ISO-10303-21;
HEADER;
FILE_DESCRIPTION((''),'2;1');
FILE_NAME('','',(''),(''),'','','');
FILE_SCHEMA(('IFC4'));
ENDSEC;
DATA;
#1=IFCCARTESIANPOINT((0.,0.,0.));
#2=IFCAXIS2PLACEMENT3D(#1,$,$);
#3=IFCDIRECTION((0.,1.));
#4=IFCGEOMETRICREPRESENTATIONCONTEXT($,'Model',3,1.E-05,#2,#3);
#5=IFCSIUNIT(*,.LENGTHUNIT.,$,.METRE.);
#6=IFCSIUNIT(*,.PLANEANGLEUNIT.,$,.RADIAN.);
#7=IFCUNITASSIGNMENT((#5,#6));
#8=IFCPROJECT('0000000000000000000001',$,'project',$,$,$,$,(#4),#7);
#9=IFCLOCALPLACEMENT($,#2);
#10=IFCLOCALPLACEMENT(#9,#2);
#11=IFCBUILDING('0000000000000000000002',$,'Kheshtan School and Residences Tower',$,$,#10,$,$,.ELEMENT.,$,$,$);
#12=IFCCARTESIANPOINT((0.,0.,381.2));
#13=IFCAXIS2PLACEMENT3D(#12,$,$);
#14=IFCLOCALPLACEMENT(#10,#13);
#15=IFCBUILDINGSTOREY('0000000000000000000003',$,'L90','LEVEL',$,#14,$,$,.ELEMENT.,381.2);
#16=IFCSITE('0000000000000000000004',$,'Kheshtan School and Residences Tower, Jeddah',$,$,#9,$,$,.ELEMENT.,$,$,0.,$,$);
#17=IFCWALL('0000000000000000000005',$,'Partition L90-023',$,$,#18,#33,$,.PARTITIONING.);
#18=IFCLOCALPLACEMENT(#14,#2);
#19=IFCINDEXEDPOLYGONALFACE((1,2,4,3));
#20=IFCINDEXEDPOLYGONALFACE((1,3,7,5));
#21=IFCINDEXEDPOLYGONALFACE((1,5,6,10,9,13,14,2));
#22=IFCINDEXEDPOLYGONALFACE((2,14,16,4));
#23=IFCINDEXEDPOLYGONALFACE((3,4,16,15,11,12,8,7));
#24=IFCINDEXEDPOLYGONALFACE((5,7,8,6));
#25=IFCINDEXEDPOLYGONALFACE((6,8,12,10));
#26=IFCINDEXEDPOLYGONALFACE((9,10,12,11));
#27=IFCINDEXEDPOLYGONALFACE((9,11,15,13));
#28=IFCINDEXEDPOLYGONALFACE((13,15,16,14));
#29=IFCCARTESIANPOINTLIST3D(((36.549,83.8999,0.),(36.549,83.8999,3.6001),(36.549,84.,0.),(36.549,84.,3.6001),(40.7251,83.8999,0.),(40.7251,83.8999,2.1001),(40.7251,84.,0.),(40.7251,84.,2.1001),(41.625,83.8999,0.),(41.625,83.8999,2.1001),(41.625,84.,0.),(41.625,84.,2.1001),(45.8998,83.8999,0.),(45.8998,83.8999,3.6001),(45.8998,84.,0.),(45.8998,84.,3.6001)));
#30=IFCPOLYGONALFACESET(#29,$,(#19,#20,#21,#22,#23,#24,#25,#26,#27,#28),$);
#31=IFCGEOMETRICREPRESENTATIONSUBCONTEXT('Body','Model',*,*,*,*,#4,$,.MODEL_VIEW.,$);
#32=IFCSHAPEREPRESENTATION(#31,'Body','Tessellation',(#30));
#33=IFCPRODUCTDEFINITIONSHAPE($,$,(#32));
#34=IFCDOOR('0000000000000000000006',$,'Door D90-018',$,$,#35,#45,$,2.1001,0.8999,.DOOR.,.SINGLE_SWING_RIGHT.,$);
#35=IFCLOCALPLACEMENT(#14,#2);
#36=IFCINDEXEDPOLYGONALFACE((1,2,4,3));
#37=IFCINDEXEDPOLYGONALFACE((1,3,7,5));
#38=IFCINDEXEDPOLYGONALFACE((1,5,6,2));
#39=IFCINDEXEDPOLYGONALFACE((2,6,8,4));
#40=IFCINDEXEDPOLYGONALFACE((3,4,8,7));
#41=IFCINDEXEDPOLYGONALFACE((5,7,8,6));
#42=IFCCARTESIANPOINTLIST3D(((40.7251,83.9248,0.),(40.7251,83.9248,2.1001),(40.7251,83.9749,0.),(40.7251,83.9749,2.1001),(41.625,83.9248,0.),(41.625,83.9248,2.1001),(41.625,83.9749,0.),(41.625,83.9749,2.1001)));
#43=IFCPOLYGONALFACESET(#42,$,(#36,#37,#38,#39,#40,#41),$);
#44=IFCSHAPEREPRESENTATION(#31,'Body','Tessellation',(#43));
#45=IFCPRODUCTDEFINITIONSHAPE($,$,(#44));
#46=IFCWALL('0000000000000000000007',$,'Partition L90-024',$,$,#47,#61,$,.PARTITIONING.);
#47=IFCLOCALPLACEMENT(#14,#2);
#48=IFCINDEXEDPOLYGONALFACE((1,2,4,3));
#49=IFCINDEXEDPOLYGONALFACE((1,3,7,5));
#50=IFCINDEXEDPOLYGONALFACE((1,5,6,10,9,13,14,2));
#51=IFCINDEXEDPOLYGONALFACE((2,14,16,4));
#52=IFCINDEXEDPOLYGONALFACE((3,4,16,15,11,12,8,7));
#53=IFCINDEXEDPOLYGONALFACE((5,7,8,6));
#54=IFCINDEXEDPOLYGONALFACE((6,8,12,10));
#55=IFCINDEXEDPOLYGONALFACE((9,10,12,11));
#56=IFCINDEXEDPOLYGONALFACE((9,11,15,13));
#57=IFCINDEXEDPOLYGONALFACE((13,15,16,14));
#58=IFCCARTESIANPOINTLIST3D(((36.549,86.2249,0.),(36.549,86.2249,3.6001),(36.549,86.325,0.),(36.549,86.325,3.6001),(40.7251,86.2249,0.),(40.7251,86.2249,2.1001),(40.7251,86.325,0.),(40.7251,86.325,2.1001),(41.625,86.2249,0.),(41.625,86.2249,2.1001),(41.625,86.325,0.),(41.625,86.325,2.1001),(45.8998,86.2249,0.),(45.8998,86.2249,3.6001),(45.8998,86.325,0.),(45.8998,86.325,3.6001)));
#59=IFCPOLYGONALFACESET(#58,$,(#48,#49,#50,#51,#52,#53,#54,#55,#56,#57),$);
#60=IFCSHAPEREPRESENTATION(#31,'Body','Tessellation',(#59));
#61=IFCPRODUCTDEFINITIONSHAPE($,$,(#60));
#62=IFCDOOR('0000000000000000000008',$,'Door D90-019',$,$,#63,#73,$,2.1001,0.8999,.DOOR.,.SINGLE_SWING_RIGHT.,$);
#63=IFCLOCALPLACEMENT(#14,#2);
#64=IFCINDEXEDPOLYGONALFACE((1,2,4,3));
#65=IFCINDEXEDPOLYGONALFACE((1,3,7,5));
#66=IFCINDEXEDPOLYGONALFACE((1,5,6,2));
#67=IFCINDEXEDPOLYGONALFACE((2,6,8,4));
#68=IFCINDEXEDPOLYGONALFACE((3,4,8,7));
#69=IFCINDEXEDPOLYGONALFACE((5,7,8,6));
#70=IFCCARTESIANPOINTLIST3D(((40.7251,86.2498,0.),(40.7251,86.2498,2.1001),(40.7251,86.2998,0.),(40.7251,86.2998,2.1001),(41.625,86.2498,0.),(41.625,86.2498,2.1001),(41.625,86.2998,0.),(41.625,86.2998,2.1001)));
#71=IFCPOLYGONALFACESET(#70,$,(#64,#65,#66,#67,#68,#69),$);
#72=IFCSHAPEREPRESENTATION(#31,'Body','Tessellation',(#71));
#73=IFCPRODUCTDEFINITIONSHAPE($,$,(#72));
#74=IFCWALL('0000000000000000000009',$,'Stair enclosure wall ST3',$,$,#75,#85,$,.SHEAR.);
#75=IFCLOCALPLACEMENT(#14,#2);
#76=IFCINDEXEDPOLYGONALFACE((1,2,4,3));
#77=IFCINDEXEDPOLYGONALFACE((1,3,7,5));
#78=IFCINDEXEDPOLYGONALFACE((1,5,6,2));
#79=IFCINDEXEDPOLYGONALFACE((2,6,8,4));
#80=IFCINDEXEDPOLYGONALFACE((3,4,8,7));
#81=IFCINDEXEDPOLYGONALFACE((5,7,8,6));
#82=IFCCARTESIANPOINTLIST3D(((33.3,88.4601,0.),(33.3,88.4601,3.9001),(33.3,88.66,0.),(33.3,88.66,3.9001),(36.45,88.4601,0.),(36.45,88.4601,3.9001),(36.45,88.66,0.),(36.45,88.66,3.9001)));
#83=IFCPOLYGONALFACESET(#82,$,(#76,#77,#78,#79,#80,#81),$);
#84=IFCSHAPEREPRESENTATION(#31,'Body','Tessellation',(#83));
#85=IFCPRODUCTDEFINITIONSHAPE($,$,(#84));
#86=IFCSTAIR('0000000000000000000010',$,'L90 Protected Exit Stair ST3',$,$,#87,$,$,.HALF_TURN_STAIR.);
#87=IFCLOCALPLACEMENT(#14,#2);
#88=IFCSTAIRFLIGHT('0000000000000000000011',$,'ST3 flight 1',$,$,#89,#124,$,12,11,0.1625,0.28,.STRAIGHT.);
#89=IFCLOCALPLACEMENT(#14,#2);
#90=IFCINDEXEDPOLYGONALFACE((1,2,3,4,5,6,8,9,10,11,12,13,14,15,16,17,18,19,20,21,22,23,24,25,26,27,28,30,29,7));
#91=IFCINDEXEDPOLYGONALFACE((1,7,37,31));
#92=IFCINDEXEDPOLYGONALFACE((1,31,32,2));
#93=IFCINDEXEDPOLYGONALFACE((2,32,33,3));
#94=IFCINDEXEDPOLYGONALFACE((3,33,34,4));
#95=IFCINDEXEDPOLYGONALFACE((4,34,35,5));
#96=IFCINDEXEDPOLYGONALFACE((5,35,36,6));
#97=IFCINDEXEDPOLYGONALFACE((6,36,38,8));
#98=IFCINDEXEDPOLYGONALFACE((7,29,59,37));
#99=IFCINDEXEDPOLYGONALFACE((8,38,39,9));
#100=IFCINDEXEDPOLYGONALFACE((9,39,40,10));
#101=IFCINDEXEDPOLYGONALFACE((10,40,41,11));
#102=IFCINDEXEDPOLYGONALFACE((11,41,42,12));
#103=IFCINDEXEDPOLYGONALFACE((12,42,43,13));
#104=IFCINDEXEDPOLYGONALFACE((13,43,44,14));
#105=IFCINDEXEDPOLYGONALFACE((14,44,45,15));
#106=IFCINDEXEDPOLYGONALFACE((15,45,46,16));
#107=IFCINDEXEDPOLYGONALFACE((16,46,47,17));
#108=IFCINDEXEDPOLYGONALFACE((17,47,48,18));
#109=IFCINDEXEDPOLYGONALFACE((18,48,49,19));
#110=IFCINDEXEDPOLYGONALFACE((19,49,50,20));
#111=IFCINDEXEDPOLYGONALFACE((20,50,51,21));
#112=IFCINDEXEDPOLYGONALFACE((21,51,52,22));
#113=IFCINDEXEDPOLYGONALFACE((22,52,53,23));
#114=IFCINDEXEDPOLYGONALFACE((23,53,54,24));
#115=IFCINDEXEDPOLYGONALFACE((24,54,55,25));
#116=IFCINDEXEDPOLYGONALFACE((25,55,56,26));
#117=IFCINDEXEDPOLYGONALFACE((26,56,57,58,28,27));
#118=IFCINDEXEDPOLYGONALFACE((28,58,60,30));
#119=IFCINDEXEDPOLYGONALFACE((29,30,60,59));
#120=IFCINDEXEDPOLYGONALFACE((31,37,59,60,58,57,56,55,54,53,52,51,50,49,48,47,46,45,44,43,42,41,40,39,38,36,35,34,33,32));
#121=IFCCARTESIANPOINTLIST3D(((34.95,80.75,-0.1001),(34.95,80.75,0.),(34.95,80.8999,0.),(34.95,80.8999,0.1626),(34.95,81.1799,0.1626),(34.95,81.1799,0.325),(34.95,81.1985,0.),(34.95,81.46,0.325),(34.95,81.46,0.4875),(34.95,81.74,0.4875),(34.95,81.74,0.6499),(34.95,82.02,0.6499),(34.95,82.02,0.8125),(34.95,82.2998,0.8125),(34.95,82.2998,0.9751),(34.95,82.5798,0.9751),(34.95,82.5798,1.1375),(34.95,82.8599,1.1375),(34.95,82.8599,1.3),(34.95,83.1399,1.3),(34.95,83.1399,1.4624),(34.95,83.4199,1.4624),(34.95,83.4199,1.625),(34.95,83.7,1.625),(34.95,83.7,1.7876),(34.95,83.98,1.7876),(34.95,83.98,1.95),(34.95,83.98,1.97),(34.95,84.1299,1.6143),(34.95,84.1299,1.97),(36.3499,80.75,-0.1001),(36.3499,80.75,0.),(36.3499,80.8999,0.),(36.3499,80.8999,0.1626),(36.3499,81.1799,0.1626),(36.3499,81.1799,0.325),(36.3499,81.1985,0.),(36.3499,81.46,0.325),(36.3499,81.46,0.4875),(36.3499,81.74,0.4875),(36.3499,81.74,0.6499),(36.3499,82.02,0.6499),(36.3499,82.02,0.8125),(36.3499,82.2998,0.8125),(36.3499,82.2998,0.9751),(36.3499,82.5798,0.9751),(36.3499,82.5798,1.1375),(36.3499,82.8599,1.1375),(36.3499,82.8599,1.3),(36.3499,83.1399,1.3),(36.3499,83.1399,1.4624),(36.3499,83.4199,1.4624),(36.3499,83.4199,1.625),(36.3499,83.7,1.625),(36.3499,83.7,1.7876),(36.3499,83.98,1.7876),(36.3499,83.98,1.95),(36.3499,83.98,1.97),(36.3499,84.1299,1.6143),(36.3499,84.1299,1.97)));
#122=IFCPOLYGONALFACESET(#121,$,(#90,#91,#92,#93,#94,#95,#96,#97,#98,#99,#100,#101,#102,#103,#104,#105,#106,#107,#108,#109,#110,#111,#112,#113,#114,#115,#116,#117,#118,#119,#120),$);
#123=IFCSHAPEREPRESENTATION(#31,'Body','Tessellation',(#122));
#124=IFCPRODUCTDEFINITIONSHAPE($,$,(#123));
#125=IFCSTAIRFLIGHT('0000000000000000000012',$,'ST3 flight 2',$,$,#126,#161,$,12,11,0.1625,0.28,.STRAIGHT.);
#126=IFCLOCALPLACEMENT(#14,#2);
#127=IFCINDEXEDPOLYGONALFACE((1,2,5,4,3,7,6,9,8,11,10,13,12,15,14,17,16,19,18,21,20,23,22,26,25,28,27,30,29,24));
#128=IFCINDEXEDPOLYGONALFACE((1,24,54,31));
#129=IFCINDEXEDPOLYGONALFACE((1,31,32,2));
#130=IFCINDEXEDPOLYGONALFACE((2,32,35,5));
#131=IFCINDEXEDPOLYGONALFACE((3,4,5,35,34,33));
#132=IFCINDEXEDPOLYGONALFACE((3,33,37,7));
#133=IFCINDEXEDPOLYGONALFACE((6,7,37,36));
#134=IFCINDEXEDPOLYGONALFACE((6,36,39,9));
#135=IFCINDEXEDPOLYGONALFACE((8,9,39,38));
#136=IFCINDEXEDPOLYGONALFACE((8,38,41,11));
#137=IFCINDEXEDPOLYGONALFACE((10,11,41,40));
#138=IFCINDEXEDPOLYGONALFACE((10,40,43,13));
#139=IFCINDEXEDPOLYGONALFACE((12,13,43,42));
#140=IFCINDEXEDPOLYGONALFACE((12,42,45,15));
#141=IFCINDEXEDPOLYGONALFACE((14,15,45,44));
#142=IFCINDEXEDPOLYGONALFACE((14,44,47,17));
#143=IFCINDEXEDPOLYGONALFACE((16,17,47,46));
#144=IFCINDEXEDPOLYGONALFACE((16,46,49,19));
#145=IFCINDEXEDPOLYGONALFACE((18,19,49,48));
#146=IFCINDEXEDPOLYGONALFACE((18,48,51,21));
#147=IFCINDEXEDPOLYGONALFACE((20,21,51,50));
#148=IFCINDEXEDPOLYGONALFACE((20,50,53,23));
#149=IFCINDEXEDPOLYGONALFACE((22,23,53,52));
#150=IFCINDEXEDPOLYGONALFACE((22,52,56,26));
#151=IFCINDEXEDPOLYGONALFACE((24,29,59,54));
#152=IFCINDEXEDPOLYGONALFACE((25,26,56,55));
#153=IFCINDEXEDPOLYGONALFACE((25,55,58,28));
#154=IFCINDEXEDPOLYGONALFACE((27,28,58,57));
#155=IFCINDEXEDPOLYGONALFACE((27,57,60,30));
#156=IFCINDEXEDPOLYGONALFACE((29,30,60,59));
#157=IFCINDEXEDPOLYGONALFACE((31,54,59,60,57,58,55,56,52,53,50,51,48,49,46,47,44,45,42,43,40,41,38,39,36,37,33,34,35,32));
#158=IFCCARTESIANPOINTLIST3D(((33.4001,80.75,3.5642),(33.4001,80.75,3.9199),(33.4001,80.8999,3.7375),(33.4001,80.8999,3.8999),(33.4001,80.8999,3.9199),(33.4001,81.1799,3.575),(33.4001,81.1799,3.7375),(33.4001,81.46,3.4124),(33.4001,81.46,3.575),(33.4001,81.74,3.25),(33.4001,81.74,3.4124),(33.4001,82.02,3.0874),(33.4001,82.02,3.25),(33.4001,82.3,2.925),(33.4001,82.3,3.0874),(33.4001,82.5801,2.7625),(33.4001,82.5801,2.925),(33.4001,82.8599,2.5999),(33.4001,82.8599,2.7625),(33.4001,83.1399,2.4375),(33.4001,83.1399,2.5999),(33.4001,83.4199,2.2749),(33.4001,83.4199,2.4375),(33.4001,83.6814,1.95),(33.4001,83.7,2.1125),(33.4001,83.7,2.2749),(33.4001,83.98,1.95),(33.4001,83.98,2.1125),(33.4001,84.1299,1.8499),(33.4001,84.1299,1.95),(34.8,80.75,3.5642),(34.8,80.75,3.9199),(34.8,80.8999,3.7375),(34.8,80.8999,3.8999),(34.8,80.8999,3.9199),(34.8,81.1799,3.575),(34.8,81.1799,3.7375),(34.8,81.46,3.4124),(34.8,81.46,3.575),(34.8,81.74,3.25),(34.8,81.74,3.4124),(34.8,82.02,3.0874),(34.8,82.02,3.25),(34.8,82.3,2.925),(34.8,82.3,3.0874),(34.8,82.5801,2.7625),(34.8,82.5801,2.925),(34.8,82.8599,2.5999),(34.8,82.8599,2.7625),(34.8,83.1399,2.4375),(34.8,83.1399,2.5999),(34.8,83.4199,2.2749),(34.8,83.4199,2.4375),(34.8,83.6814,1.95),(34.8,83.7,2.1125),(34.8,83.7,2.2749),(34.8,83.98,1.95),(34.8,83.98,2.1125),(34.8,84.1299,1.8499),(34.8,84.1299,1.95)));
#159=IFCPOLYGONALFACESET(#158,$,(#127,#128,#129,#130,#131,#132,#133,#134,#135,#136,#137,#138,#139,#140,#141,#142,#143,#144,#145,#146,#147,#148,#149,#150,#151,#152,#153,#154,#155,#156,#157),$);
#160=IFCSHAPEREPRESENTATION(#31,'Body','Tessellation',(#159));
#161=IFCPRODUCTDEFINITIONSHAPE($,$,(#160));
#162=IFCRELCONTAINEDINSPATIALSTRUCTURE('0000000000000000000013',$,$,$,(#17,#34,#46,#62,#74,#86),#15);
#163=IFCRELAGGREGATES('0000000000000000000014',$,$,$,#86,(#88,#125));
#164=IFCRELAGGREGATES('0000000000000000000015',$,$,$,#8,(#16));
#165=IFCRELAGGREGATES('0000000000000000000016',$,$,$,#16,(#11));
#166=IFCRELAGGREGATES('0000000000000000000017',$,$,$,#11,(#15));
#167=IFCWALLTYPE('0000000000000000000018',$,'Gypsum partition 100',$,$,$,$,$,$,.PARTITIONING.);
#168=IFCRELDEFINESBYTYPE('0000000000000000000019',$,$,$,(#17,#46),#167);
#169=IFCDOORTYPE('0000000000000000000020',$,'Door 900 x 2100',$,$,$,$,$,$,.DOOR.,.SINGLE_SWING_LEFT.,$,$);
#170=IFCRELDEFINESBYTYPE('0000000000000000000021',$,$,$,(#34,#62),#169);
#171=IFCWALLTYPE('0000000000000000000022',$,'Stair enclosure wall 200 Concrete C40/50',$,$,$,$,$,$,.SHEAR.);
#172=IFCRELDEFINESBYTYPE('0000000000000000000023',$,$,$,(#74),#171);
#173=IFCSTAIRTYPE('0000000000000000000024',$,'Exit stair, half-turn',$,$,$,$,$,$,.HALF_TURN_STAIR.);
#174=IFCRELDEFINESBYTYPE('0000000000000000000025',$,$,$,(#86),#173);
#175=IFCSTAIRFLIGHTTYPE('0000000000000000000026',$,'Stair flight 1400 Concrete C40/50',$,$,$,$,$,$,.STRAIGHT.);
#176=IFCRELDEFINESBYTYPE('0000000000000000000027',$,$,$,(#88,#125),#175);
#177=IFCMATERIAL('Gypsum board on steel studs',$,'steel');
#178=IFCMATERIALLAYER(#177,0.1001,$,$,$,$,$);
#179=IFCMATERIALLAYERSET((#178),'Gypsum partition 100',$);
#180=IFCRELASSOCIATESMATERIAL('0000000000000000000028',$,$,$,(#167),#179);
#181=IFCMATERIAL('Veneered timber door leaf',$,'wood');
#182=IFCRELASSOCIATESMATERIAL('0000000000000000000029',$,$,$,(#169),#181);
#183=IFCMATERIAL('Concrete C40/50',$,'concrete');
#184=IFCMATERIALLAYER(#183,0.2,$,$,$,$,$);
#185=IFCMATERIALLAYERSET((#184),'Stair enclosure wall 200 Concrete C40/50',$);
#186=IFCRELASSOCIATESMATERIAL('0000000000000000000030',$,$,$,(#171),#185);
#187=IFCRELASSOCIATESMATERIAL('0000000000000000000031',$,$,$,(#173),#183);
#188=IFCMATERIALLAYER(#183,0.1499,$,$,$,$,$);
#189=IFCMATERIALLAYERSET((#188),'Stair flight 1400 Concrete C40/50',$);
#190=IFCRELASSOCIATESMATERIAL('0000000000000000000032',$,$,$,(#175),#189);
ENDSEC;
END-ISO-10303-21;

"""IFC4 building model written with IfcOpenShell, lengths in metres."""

from ifc_helpers import new_model, si_unit, direction, frame, frame_2d, origin, place, context, subcontext, project, spatial, polyline, rectangle, outline, extrude, source, transform, mapped, material, layer, layer_set, type_object, element, fill, aggregate, save


model = new_model("IFC4")

# Units and contexts
model_context = context("Model", 3, precision=1e-05, world=origin(), true_north=direction((0.0, 1.0)))
body_context = subcontext(model_context, "Body", "Model", "MODEL_VIEW")
ifc_project = project(units=[si_unit("LENGTHUNIT", "METRE"), si_unit("PLANEANGLEUNIT", "RADIAN")], contexts=[model_context])

# Site, building, storey
site_placement = place(None, origin())
site = spatial("IfcSite", under=ifc_project, at=site_placement, Name="Kheshtan School and Residences Tower, Jeddah", CompositionType="ELEMENT", RefElevation=0.0)
building_placement = place(site_placement, origin())
building = spatial("IfcBuilding", under=site, at=building_placement, Name="Kheshtan School and Residences Tower", CompositionType="ELEMENT")
storey_placement = place(building_placement, frame((0.0, 0.0, 381.2)))
storey = spatial("IfcBuildingStorey", under=building, at=storey_placement, Name="L90", Description="LEVEL", CompositionType="ELEMENT", Elevation=381.2)

# Walls, openings, doors
ifc_material_1 = material(Name="Gypsum board on steel studs", Category="steel")
ifc_layer_1 = layer(ifc_material_1, 0.1001)
ifc_layer_set_1 = layer_set([ifc_layer_1], Name="Gypsum partition 100")
wall_type_1 = type_object("IfcWallType", Name="Gypsum partition 100", PredefinedType="PARTITIONING", material=ifc_layer_set_1)
ifc_material_2 = material(Name="Veneered timber door leaf", Category="wood")
door_type_1 = type_object("IfcDoorType", Name="Door 900 x 2100", OperationType="SINGLE_SWING_LEFT", PredefinedType="DOOR", material=ifc_material_2)
shared_shape_1 = source(origin(), body_context, "Body", "SweptSolid", [
    extrude(rectangle(XDim=0.8999, YDim=2.1001, at=frame_2d((0.45, 1.05))), frame((0.0, 0.0249, 0.0), z_axis=(0.0, -1.0, 0.0), x_axis=(1.0, 0.0, 0.0)), (0.0, 0.0, 1.0), 0.05),
])
wall_1_placement = place(storey_placement, frame((36.5491, 83.95, 0.0), z_axis=(0.0, 0.0, 1.0), x_axis=(1.0, 0.0, 0.0)))
wall_1 = element("IfcWall", 1, at=wall_1_placement, inside=storey, type_object=wall_type_1, Name="Partition L90-023", PredefinedType="PARTITIONING", context=body_context, shape_type="SweptSolid", body=[
    extrude(rectangle(XDim=9.3508, YDim=0.1001, at=frame_2d((4.6753, 0.0))), origin(), (0.0, 0.0, 1.0), 3.6001),
])
opening_1_placement = place(wall_1_placement, frame((4.176, 0.0, 0.0)))
opening_1 = element("IfcOpeningElement", 2, at=opening_1_placement, cuts=wall_1, PredefinedType="OPENING", context=body_context, shape_type="SweptSolid", body=[
    extrude(rectangle(XDim=0.8999, YDim=2.1001, at=frame_2d((0.45, 1.05))), frame((0.0, 0.0601, 0.0), z_axis=(0.0, -1.0, 0.0), x_axis=(1.0, 0.0, 0.0)), (0.0, 0.0, 1.0), 0.1201),
])
door_1_placement = place(opening_1_placement, origin())
door_1 = element("IfcDoor", 3, at=door_1_placement, inside=storey, type_object=door_type_1, Name="Door D90-018", OperationType="SINGLE_SWING_RIGHT", OverallHeight=2.1001, OverallWidth=0.8999, PredefinedType="DOOR", context=body_context, shape_type="MappedRepresentation", body=[
    mapped(shared_shape_1, transform((0.0, 0.0, 0.0), x_axis=(1.0, 0.0, 0.0), y_axis=(0.0, 1.0, 0.0), z_axis=(0.0, 0.0, 1.0), scale=1.0)),
])
fill(opening_1, door_1)
wall_2_placement = place(storey_placement, frame((36.5491, 86.2749, 0.0), z_axis=(0.0, 0.0, 1.0), x_axis=(1.0, 0.0, 0.0)))
wall_2 = element("IfcWall", 4, at=wall_2_placement, inside=storey, type_object=wall_type_1, Name="Partition L90-024", PredefinedType="PARTITIONING", context=body_context, shape_type="SweptSolid", body=[
    extrude(rectangle(XDim=9.3508, YDim=0.1001, at=frame_2d((4.6753, 0.0))), origin(), (0.0, 0.0, 1.0), 3.6001),
])
opening_2_placement = place(wall_2_placement, frame((4.176, 0.0, 0.0)))
opening_2 = element("IfcOpeningElement", 5, at=opening_2_placement, cuts=wall_2, PredefinedType="OPENING", context=body_context, shape_type="SweptSolid", body=[
    extrude(rectangle(XDim=0.8999, YDim=2.1001, at=frame_2d((0.45, 1.05))), frame((0.0, 0.0601, 0.0), z_axis=(0.0, -1.0, 0.0), x_axis=(1.0, 0.0, 0.0)), (0.0, 0.0, 1.0), 0.1201),
])
door_2_placement = place(opening_2_placement, origin())
door_2 = element("IfcDoor", 6, at=door_2_placement, inside=storey, type_object=door_type_1, Name="Door D90-019", OperationType="SINGLE_SWING_RIGHT", OverallHeight=2.1001, OverallWidth=0.8999, PredefinedType="DOOR", context=body_context, shape_type="MappedRepresentation", body=[
    mapped(shared_shape_1, transform((0.0, 0.0, 0.0), x_axis=(1.0, 0.0, 0.0), y_axis=(0.0, 1.0, 0.0), z_axis=(0.0, 0.0, 1.0), scale=1.0)),
])
fill(opening_2, door_2)

# Wall
ifc_material_3 = material(Name="Concrete C40/50", Category="concrete")
ifc_layer_2 = layer(ifc_material_3, 0.2)
ifc_layer_set_2 = layer_set([ifc_layer_2], Name="Stair enclosure wall 200 Concrete C40/50")
wall_type_2 = type_object("IfcWallType", Name="Stair enclosure wall 200 Concrete C40/50", PredefinedType="SHEAR", material=ifc_layer_set_2)
wall_3_placement = place(storey_placement, frame((33.3, 88.5601, 0.0), z_axis=(0.0, 0.0, 1.0), x_axis=(1.0, 0.0, 0.0)))
element("IfcWall", 7, at=wall_3_placement, inside=storey, type_object=wall_type_2, Name="Stair enclosure wall ST3", PredefinedType="SHEAR", context=body_context, shape_type="SweptSolid", body=[
    extrude(rectangle(XDim=3.1499, YDim=0.2, at=frame_2d((1.575, 0.0))), origin(), (0.0, 0.0, 1.0), 3.9001),
])

# Stair, stair flights
stair_type = type_object("IfcStairType", Name="Exit stair, half-turn", PredefinedType="HALF_TURN_STAIR", material=ifc_material_3)
stair_placement = place(storey_placement, origin())
stair = element("IfcStair", 8, at=stair_placement, inside=storey, type_object=stair_type, Name="L90 Protected Exit Stair ST3", PredefinedType="HALF_TURN_STAIR")
ifc_layer_3 = layer(ifc_material_3, 0.1499)
ifc_layer_set_3 = layer_set([ifc_layer_3], Name="Stair flight 1400 Concrete C40/50")
stair_flight_type = type_object("IfcStairFlightType", Name="Stair flight 1400 Concrete C40/50", PredefinedType="STRAIGHT", material=ifc_layer_set_3)
stair_flight_1_placement = place(storey_placement, frame((35.6499, 80.8999, 0.0), z_axis=(0.0, 0.0, 1.0), x_axis=(0.0, 1.0, 0.0)))
stair_flight_1 = element("IfcStairFlight", 9, at=stair_flight_1_placement, type_object=stair_flight_type, Name="ST3 flight 1", NumberOfRisers=12, NumberOfTreads=11, PredefinedType="STRAIGHT", RiserHeight=0.1625, TreadLength=0.28, context=body_context, shape_type="SweptSolid", body=[
    extrude(outline(polyline([(-0.1499, -0.1001), (-0.1499, 0.0), (0.0, 0.0), (0.0, 0.1626), (0.28, 0.1626), (0.28, 0.325), (0.5601, 0.325), (0.5601, 0.4875), (0.8401, 0.4875), (0.8401, 0.6499), (1.1201, 0.6499), (1.1201, 0.8125), (1.3999, 0.8125), (1.3999, 0.9751), (1.6799, 0.9751), (1.6799, 1.1375), (1.96, 1.1375), (1.96, 1.3), (2.24, 1.3), (2.24, 1.4624), (2.52, 1.4624), (2.52, 1.625), (2.8, 1.625), (2.8, 1.7876), (3.0801, 1.7876), (3.0801, 1.95), (3.0801, 1.97), (3.23, 1.97), (3.23, 1.6143), (0.2986, 0.0), (-0.1499, -0.1001)])), frame((0.0, 0.7, 0.0), z_axis=(0.0, -1.0, 0.0), x_axis=(1.0, 0.0, 0.0)), (0.0, 0.0, 1.0), 1.3999),
])
stair_flight_2_placement = place(storey_placement, frame((34.1001, 83.98, 1.95), z_axis=(0.0, 0.0, 1.0), x_axis=(0.0, -1.0, 0.0)))
stair_flight_2 = element("IfcStairFlight", 10, at=stair_flight_2_placement, type_object=stair_flight_type, Name="ST3 flight 2", NumberOfRisers=12, NumberOfTreads=11, PredefinedType="STRAIGHT", RiserHeight=0.1625, TreadLength=0.28, context=body_context, shape_type="SweptSolid", body=[
    extrude(outline(polyline([(-0.1499, -0.1001), (-0.1499, 0.0), (0.0, 0.0), (0.0, 0.1626), (0.28, 0.1626), (0.28, 0.325), (0.5601, 0.325), (0.5601, 0.4875), (0.8401, 0.4875), (0.8401, 0.6499), (1.1201, 0.6499), (1.1201, 0.8125), (1.3999, 0.8125), (1.3999, 0.9751), (1.6799, 0.9751), (1.6799, 1.1375), (1.96, 1.1375), (1.96, 1.3), (2.24, 1.3), (2.24, 1.4624), (2.52, 1.4624), (2.52, 1.625), (2.8, 1.625), (2.8, 1.7876), (3.0801, 1.7876), (3.0801, 1.95), (3.0801, 1.97), (3.23, 1.97), (3.23, 1.6143), (0.2986, 0.0), (-0.1499, -0.1001)])), frame((0.0, 0.7, 0.0), z_axis=(0.0, -1.0, 0.0), x_axis=(1.0, 0.0, 0.0)), (0.0, 0.0, 1.0), 1.3999),
])
aggregate(stair, [stair_flight_1, stair_flight_2])

save(model, "model.ifc")
